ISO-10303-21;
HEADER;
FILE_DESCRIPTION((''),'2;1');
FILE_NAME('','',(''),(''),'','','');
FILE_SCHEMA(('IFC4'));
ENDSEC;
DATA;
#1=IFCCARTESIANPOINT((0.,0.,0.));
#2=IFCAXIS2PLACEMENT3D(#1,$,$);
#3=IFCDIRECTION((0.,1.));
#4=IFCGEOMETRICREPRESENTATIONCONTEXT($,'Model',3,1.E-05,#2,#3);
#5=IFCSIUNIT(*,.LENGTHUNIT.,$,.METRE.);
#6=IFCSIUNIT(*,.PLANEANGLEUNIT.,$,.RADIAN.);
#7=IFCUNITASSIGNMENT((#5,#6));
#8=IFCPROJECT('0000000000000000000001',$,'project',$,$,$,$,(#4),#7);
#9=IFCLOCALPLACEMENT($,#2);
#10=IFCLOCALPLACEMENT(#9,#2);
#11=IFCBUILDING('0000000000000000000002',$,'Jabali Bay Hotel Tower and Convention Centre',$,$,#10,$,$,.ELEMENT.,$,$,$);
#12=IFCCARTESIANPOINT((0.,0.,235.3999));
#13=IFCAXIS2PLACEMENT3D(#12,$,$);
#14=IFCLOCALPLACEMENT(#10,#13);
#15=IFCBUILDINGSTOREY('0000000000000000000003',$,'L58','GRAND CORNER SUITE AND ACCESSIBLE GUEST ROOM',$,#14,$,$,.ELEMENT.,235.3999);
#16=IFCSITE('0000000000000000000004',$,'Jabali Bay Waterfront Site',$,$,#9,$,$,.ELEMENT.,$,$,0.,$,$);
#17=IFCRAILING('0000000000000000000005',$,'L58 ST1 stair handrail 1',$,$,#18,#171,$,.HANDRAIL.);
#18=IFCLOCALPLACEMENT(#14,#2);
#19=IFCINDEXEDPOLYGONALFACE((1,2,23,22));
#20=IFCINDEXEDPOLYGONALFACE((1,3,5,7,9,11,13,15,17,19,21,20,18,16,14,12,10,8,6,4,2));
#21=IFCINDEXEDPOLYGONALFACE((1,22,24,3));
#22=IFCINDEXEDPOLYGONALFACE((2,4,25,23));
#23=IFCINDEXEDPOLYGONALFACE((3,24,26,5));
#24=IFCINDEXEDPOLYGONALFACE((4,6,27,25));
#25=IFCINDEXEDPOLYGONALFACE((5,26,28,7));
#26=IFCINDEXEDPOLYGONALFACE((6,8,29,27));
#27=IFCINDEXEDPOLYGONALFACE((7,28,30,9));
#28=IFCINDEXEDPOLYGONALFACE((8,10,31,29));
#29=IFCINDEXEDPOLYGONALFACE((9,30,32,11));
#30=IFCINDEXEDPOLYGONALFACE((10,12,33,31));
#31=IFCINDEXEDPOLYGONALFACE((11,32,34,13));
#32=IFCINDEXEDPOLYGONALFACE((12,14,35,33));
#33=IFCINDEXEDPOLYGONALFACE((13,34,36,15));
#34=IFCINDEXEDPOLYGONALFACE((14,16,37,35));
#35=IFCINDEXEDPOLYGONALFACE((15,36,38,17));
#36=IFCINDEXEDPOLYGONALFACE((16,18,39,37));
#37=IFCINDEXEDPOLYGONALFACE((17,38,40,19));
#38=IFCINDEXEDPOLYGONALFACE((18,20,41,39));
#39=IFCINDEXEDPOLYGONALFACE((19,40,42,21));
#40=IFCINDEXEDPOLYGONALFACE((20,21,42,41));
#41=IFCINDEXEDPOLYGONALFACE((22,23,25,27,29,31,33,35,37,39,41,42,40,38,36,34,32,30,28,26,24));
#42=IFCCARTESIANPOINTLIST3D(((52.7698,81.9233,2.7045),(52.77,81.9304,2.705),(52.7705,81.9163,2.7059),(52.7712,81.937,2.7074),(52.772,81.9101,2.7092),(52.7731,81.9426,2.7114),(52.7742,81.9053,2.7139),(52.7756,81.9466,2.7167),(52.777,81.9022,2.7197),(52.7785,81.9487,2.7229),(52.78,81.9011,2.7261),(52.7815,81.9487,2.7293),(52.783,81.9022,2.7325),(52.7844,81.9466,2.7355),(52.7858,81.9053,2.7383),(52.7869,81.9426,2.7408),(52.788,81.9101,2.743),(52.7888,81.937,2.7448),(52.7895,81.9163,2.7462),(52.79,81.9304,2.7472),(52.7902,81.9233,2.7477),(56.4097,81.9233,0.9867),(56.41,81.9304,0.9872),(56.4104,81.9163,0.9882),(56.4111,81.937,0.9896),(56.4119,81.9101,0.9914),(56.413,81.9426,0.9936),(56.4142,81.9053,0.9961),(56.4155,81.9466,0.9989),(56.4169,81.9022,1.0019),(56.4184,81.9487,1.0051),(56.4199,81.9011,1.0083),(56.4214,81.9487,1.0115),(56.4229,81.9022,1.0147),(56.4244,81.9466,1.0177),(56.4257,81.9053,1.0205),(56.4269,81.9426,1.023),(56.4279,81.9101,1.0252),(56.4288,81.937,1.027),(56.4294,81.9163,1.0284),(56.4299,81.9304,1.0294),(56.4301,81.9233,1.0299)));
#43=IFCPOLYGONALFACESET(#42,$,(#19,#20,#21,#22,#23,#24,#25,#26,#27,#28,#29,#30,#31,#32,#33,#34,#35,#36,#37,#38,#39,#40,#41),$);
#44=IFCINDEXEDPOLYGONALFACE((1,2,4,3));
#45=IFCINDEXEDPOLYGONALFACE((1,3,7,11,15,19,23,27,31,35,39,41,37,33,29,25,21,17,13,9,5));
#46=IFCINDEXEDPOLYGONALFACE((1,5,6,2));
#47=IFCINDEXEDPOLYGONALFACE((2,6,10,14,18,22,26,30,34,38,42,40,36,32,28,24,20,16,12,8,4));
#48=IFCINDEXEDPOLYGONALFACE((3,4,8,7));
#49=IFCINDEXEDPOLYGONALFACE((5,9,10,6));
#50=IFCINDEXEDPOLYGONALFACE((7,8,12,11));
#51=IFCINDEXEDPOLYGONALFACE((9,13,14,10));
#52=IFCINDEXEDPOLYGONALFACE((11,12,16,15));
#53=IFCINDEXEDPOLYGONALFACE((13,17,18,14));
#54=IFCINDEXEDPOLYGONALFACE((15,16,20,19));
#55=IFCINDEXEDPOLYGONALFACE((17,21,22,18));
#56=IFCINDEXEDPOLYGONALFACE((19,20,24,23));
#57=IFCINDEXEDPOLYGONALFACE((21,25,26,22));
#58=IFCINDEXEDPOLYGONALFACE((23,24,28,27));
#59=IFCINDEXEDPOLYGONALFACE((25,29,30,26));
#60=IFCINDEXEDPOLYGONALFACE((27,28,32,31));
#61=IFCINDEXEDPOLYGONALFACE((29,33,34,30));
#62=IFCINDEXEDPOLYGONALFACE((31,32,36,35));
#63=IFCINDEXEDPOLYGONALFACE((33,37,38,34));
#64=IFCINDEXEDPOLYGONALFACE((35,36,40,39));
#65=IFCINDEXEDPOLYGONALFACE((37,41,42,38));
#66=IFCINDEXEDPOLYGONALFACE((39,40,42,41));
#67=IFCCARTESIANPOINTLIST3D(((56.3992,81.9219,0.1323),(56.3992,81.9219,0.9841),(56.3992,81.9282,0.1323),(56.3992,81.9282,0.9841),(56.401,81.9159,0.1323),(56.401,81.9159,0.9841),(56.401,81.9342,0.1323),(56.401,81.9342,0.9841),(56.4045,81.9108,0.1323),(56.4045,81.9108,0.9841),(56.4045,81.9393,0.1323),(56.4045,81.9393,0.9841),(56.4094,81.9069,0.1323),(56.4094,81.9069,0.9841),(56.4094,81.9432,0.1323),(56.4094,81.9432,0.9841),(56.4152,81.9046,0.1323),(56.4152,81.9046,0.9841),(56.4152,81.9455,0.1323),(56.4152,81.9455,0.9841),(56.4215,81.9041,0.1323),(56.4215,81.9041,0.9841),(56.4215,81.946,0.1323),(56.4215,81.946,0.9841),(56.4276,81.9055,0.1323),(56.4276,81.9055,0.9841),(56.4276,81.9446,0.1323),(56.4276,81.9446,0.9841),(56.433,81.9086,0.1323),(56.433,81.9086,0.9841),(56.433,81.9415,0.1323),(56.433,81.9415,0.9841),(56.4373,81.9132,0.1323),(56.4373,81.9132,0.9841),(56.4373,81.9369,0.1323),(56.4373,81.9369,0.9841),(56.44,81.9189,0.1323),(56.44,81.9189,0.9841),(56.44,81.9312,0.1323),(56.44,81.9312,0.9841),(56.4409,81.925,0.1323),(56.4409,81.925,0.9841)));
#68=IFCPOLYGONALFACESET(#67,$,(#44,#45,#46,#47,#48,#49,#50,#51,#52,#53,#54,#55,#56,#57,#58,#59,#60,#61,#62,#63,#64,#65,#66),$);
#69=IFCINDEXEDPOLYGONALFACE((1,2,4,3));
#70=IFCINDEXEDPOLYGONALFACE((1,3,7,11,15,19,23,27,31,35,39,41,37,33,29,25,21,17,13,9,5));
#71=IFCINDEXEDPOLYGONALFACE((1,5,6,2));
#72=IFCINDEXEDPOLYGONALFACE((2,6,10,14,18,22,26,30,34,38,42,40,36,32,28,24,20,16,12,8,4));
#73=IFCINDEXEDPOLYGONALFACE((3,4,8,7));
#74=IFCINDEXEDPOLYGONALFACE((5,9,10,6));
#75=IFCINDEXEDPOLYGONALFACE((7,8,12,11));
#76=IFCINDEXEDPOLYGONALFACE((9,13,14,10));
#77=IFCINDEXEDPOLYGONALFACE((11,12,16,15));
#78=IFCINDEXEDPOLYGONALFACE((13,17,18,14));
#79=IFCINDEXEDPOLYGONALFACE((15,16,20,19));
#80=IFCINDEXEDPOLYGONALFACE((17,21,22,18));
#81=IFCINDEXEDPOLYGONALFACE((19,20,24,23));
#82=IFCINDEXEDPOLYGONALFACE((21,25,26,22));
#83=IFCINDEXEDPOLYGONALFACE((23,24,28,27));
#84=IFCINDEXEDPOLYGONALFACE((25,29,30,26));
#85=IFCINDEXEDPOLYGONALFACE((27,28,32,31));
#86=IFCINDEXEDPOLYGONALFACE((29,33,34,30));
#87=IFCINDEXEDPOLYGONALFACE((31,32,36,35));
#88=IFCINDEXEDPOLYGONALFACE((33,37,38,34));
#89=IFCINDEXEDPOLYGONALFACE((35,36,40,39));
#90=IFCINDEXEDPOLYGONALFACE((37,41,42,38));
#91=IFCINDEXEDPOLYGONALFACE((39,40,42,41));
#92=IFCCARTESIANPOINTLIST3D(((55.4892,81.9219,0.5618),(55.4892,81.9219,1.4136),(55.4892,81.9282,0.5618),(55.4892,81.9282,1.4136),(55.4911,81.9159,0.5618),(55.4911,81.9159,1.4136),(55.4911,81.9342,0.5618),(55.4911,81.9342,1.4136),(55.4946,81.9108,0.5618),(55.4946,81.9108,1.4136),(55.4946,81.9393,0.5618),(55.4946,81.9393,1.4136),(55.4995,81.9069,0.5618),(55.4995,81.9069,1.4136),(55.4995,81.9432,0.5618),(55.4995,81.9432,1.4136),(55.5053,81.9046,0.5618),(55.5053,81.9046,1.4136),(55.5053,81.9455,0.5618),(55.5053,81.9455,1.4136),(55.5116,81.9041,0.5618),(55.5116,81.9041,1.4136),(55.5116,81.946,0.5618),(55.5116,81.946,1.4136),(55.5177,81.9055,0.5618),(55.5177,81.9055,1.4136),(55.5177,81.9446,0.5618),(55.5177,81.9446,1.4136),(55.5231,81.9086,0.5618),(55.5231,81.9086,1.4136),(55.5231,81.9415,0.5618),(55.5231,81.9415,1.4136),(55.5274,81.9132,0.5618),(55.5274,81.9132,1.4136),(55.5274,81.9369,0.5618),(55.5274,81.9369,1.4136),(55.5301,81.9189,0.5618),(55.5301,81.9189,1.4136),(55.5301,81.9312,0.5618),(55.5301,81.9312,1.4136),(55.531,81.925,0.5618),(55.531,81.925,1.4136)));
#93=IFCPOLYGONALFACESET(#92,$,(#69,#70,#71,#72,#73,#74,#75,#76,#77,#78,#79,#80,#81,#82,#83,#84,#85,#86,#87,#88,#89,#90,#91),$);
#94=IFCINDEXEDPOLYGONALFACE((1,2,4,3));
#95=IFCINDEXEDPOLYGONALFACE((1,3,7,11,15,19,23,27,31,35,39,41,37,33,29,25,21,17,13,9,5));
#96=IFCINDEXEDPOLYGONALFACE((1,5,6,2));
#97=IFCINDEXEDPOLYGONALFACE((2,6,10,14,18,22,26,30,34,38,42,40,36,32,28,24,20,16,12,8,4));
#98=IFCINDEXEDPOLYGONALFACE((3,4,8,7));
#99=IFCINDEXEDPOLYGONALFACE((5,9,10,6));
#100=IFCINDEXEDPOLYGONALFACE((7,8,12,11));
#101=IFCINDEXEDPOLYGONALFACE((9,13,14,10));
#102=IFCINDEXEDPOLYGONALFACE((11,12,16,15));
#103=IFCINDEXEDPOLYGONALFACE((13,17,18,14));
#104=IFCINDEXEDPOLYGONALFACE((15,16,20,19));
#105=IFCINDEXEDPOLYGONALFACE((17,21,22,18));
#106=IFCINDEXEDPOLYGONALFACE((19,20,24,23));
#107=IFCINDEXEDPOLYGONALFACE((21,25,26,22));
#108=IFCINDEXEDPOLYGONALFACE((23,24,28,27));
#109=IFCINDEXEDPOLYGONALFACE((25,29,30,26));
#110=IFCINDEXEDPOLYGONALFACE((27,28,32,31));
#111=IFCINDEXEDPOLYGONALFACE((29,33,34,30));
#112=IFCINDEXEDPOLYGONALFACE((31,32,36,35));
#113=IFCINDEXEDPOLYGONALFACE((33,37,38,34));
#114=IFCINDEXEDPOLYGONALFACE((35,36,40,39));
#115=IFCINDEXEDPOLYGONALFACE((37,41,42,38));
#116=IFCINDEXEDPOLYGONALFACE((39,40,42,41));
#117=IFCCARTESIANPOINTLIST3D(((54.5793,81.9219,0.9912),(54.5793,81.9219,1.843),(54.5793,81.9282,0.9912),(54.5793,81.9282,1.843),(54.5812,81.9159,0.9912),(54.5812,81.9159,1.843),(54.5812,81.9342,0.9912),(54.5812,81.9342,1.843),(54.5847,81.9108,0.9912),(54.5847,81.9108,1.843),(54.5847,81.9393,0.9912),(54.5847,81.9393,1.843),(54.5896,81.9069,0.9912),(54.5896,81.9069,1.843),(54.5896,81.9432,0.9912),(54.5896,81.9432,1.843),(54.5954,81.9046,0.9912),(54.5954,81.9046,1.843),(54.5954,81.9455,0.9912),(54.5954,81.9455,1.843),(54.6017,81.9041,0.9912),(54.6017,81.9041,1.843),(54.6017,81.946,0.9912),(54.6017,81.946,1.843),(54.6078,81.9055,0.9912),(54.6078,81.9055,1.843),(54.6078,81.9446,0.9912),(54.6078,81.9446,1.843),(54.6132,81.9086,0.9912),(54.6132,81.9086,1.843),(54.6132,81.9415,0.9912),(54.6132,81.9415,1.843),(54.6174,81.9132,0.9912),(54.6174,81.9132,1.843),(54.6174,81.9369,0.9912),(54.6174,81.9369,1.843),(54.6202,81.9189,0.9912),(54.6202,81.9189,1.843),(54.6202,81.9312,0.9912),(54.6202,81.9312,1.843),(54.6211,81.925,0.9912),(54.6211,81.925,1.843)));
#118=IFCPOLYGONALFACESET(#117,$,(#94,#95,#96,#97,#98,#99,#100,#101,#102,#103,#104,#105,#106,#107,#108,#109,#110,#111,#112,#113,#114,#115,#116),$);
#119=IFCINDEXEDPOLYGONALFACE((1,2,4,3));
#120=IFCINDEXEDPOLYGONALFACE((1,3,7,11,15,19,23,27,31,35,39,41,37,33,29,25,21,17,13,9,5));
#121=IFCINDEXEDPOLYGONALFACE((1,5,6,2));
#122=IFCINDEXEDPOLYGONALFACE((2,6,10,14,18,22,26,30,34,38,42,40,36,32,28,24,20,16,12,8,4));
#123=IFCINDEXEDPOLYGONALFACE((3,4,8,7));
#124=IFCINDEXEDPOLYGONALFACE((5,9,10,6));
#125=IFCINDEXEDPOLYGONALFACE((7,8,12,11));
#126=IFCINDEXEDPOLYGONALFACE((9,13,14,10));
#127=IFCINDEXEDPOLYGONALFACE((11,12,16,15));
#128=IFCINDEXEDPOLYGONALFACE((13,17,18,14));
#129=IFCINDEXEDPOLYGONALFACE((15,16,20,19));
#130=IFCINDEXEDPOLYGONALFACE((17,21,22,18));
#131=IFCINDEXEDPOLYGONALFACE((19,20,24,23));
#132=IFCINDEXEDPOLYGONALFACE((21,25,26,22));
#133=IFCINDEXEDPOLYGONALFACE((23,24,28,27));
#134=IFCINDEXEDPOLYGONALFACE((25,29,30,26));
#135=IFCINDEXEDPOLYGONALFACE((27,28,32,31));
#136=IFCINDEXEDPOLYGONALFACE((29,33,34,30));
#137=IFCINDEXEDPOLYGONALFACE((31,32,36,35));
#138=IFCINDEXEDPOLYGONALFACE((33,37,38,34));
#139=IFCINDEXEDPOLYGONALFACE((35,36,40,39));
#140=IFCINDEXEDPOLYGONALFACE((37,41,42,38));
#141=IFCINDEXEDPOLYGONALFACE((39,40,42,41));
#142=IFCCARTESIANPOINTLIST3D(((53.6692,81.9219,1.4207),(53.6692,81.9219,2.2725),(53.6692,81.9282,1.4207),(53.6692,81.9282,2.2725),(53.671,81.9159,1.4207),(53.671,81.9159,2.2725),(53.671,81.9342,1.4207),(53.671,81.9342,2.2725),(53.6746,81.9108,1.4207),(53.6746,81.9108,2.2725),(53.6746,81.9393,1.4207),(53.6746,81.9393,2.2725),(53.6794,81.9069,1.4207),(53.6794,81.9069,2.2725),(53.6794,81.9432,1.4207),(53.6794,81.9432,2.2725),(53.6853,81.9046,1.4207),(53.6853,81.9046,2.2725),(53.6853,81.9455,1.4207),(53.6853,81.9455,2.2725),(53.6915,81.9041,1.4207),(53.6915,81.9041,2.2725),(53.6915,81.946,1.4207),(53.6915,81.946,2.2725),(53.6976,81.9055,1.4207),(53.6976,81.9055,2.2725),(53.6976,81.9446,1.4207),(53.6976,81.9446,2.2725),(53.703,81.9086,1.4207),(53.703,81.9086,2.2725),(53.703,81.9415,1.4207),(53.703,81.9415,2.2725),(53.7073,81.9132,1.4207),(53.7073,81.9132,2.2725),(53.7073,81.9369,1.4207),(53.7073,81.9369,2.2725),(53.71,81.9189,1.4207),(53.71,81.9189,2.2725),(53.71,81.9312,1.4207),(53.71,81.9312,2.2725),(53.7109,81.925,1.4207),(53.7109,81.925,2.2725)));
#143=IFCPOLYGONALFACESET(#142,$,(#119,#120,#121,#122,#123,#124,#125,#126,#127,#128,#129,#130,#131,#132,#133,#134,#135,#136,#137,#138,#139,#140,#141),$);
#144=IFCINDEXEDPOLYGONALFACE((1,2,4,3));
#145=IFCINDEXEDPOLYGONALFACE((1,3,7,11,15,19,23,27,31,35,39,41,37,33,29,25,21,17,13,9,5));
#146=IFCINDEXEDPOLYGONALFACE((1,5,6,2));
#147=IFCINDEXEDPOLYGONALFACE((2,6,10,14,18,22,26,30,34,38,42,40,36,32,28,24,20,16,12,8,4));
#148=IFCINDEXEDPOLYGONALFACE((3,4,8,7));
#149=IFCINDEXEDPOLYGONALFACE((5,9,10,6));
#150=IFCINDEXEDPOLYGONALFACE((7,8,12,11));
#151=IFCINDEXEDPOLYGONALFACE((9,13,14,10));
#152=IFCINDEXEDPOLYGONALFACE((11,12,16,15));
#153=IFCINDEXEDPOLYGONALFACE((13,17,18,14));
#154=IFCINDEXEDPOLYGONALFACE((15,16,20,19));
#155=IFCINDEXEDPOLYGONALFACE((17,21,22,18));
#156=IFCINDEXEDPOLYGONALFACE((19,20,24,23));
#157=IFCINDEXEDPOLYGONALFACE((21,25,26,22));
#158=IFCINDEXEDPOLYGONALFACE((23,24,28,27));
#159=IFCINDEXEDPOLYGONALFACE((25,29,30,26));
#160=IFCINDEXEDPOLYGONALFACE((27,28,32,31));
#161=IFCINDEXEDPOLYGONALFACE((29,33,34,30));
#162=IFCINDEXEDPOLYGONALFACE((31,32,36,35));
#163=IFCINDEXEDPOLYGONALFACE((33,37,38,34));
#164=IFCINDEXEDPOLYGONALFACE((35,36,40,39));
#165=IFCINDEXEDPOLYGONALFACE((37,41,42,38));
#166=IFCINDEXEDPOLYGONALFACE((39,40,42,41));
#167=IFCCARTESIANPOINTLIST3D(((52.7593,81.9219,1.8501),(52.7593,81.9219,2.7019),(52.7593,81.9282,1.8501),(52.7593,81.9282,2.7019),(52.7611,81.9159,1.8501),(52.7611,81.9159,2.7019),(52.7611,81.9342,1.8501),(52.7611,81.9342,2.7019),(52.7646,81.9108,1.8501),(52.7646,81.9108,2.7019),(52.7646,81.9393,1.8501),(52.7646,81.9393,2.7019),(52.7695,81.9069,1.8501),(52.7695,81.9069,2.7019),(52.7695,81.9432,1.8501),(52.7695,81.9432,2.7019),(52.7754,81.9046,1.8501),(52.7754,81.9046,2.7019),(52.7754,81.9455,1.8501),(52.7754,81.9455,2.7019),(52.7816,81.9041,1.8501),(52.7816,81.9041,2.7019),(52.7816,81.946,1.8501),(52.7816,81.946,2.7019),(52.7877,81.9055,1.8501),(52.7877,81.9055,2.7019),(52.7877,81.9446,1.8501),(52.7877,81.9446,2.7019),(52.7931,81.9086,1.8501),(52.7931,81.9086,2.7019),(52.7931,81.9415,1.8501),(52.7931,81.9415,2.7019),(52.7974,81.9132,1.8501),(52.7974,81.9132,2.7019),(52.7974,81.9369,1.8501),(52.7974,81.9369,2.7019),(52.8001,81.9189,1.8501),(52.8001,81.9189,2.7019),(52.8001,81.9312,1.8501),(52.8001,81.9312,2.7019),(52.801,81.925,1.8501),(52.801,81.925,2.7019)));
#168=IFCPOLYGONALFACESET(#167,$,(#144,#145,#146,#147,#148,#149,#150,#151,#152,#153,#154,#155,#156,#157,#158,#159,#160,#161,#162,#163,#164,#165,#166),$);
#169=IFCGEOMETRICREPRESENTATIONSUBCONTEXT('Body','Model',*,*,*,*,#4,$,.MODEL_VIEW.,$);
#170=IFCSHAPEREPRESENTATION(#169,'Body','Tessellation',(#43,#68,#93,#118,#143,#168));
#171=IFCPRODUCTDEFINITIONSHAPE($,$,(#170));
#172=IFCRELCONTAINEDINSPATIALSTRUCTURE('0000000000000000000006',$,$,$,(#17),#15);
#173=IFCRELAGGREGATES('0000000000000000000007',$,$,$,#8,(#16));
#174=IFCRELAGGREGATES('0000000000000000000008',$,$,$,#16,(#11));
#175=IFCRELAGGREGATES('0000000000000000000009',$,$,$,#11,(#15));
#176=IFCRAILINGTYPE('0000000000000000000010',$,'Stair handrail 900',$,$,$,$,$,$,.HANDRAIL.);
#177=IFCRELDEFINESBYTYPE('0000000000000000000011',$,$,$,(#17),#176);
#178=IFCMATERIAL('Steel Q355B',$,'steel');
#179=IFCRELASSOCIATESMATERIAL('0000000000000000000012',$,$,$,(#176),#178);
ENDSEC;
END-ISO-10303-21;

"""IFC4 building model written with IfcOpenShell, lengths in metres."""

from ifc_helpers import new_model, si_unit, direction, frame, origin, origin_2d, place, context, subcontext, project, spatial, circle, extrude, material, type_object, element, save


model = new_model("IFC4")

# Units and contexts
model_context = context("Model", 3, precision=1e-05, world=origin(), true_north=direction((0.0, 1.0)))
body_context = subcontext(model_context, "Body", "Model", "MODEL_VIEW")
ifc_project = project(units=[si_unit("LENGTHUNIT", "METRE"), si_unit("PLANEANGLEUNIT", "RADIAN")], contexts=[model_context])

# Site, building, storey
site_placement = place(None, origin())
site = spatial("IfcSite", under=ifc_project, at=site_placement, Name="Jabali Bay Waterfront Site", CompositionType="ELEMENT", RefElevation=0.0)
building_placement = place(site_placement, origin())
building = spatial("IfcBuilding", under=site, at=building_placement, Name="Jabali Bay Hotel Tower and Convention Centre", CompositionType="ELEMENT")
storey_placement = place(building_placement, frame((0.0, 0.0, 235.3999)))
storey = spatial("IfcBuildingStorey", under=building, at=storey_placement, Name="L58", Description="GRAND CORNER SUITE AND ACCESSIBLE GUEST ROOM", CompositionType="ELEMENT", Elevation=235.3999)

# Railing
ifc_material_1 = material(Name="Steel Q355B", Category="steel")
railing_type_1 = type_object("IfcRailingType", Name="Stair handrail 900", PredefinedType="HANDRAIL", material=ifc_material_1)
railing_1_placement = place(storey_placement, frame((56.4199, 81.925, 0.1323)))
element("IfcRailing", 1, at=railing_1_placement, inside=storey, type_object=railing_type_1, Name="L58 ST1 stair handrail 1", PredefinedType="HANDRAIL", context=body_context, shape_type="SweptSolid", body=[
    extrude(circle(Radius=0.0239, at=origin_2d()), frame((0.0, 0.0, 0.876), z_axis=(-0.904351, 0.0, 0.42679), x_axis=(0.0, -1.0, 0.0)), (0.0, 0.0, 1.0), 4.0249),
    extrude(circle(Radius=0.021, at=origin_2d()), origin(), (0.0, 0.0, 1.0), 0.8518),
    extrude(circle(Radius=0.021, at=origin_2d()), frame((-0.9099, 0.0, 0.4294)), (0.0, 0.0, 1.0), 0.8518),
    extrude(circle(Radius=0.021, at=origin_2d()), frame((-1.8198, 0.0, 0.8589)), (0.0, 0.0, 1.0), 0.8518),
    extrude(circle(Radius=0.021, at=origin_2d()), frame((-2.73, 0.0, 1.2883)), (0.0, 0.0, 1.0), 0.8518),
    extrude(circle(Radius=0.021, at=origin_2d()), frame((-3.6399, 0.0, 1.7178)), (0.0, 0.0, 1.0), 0.8518),
])

save(model, "model.ifc")
